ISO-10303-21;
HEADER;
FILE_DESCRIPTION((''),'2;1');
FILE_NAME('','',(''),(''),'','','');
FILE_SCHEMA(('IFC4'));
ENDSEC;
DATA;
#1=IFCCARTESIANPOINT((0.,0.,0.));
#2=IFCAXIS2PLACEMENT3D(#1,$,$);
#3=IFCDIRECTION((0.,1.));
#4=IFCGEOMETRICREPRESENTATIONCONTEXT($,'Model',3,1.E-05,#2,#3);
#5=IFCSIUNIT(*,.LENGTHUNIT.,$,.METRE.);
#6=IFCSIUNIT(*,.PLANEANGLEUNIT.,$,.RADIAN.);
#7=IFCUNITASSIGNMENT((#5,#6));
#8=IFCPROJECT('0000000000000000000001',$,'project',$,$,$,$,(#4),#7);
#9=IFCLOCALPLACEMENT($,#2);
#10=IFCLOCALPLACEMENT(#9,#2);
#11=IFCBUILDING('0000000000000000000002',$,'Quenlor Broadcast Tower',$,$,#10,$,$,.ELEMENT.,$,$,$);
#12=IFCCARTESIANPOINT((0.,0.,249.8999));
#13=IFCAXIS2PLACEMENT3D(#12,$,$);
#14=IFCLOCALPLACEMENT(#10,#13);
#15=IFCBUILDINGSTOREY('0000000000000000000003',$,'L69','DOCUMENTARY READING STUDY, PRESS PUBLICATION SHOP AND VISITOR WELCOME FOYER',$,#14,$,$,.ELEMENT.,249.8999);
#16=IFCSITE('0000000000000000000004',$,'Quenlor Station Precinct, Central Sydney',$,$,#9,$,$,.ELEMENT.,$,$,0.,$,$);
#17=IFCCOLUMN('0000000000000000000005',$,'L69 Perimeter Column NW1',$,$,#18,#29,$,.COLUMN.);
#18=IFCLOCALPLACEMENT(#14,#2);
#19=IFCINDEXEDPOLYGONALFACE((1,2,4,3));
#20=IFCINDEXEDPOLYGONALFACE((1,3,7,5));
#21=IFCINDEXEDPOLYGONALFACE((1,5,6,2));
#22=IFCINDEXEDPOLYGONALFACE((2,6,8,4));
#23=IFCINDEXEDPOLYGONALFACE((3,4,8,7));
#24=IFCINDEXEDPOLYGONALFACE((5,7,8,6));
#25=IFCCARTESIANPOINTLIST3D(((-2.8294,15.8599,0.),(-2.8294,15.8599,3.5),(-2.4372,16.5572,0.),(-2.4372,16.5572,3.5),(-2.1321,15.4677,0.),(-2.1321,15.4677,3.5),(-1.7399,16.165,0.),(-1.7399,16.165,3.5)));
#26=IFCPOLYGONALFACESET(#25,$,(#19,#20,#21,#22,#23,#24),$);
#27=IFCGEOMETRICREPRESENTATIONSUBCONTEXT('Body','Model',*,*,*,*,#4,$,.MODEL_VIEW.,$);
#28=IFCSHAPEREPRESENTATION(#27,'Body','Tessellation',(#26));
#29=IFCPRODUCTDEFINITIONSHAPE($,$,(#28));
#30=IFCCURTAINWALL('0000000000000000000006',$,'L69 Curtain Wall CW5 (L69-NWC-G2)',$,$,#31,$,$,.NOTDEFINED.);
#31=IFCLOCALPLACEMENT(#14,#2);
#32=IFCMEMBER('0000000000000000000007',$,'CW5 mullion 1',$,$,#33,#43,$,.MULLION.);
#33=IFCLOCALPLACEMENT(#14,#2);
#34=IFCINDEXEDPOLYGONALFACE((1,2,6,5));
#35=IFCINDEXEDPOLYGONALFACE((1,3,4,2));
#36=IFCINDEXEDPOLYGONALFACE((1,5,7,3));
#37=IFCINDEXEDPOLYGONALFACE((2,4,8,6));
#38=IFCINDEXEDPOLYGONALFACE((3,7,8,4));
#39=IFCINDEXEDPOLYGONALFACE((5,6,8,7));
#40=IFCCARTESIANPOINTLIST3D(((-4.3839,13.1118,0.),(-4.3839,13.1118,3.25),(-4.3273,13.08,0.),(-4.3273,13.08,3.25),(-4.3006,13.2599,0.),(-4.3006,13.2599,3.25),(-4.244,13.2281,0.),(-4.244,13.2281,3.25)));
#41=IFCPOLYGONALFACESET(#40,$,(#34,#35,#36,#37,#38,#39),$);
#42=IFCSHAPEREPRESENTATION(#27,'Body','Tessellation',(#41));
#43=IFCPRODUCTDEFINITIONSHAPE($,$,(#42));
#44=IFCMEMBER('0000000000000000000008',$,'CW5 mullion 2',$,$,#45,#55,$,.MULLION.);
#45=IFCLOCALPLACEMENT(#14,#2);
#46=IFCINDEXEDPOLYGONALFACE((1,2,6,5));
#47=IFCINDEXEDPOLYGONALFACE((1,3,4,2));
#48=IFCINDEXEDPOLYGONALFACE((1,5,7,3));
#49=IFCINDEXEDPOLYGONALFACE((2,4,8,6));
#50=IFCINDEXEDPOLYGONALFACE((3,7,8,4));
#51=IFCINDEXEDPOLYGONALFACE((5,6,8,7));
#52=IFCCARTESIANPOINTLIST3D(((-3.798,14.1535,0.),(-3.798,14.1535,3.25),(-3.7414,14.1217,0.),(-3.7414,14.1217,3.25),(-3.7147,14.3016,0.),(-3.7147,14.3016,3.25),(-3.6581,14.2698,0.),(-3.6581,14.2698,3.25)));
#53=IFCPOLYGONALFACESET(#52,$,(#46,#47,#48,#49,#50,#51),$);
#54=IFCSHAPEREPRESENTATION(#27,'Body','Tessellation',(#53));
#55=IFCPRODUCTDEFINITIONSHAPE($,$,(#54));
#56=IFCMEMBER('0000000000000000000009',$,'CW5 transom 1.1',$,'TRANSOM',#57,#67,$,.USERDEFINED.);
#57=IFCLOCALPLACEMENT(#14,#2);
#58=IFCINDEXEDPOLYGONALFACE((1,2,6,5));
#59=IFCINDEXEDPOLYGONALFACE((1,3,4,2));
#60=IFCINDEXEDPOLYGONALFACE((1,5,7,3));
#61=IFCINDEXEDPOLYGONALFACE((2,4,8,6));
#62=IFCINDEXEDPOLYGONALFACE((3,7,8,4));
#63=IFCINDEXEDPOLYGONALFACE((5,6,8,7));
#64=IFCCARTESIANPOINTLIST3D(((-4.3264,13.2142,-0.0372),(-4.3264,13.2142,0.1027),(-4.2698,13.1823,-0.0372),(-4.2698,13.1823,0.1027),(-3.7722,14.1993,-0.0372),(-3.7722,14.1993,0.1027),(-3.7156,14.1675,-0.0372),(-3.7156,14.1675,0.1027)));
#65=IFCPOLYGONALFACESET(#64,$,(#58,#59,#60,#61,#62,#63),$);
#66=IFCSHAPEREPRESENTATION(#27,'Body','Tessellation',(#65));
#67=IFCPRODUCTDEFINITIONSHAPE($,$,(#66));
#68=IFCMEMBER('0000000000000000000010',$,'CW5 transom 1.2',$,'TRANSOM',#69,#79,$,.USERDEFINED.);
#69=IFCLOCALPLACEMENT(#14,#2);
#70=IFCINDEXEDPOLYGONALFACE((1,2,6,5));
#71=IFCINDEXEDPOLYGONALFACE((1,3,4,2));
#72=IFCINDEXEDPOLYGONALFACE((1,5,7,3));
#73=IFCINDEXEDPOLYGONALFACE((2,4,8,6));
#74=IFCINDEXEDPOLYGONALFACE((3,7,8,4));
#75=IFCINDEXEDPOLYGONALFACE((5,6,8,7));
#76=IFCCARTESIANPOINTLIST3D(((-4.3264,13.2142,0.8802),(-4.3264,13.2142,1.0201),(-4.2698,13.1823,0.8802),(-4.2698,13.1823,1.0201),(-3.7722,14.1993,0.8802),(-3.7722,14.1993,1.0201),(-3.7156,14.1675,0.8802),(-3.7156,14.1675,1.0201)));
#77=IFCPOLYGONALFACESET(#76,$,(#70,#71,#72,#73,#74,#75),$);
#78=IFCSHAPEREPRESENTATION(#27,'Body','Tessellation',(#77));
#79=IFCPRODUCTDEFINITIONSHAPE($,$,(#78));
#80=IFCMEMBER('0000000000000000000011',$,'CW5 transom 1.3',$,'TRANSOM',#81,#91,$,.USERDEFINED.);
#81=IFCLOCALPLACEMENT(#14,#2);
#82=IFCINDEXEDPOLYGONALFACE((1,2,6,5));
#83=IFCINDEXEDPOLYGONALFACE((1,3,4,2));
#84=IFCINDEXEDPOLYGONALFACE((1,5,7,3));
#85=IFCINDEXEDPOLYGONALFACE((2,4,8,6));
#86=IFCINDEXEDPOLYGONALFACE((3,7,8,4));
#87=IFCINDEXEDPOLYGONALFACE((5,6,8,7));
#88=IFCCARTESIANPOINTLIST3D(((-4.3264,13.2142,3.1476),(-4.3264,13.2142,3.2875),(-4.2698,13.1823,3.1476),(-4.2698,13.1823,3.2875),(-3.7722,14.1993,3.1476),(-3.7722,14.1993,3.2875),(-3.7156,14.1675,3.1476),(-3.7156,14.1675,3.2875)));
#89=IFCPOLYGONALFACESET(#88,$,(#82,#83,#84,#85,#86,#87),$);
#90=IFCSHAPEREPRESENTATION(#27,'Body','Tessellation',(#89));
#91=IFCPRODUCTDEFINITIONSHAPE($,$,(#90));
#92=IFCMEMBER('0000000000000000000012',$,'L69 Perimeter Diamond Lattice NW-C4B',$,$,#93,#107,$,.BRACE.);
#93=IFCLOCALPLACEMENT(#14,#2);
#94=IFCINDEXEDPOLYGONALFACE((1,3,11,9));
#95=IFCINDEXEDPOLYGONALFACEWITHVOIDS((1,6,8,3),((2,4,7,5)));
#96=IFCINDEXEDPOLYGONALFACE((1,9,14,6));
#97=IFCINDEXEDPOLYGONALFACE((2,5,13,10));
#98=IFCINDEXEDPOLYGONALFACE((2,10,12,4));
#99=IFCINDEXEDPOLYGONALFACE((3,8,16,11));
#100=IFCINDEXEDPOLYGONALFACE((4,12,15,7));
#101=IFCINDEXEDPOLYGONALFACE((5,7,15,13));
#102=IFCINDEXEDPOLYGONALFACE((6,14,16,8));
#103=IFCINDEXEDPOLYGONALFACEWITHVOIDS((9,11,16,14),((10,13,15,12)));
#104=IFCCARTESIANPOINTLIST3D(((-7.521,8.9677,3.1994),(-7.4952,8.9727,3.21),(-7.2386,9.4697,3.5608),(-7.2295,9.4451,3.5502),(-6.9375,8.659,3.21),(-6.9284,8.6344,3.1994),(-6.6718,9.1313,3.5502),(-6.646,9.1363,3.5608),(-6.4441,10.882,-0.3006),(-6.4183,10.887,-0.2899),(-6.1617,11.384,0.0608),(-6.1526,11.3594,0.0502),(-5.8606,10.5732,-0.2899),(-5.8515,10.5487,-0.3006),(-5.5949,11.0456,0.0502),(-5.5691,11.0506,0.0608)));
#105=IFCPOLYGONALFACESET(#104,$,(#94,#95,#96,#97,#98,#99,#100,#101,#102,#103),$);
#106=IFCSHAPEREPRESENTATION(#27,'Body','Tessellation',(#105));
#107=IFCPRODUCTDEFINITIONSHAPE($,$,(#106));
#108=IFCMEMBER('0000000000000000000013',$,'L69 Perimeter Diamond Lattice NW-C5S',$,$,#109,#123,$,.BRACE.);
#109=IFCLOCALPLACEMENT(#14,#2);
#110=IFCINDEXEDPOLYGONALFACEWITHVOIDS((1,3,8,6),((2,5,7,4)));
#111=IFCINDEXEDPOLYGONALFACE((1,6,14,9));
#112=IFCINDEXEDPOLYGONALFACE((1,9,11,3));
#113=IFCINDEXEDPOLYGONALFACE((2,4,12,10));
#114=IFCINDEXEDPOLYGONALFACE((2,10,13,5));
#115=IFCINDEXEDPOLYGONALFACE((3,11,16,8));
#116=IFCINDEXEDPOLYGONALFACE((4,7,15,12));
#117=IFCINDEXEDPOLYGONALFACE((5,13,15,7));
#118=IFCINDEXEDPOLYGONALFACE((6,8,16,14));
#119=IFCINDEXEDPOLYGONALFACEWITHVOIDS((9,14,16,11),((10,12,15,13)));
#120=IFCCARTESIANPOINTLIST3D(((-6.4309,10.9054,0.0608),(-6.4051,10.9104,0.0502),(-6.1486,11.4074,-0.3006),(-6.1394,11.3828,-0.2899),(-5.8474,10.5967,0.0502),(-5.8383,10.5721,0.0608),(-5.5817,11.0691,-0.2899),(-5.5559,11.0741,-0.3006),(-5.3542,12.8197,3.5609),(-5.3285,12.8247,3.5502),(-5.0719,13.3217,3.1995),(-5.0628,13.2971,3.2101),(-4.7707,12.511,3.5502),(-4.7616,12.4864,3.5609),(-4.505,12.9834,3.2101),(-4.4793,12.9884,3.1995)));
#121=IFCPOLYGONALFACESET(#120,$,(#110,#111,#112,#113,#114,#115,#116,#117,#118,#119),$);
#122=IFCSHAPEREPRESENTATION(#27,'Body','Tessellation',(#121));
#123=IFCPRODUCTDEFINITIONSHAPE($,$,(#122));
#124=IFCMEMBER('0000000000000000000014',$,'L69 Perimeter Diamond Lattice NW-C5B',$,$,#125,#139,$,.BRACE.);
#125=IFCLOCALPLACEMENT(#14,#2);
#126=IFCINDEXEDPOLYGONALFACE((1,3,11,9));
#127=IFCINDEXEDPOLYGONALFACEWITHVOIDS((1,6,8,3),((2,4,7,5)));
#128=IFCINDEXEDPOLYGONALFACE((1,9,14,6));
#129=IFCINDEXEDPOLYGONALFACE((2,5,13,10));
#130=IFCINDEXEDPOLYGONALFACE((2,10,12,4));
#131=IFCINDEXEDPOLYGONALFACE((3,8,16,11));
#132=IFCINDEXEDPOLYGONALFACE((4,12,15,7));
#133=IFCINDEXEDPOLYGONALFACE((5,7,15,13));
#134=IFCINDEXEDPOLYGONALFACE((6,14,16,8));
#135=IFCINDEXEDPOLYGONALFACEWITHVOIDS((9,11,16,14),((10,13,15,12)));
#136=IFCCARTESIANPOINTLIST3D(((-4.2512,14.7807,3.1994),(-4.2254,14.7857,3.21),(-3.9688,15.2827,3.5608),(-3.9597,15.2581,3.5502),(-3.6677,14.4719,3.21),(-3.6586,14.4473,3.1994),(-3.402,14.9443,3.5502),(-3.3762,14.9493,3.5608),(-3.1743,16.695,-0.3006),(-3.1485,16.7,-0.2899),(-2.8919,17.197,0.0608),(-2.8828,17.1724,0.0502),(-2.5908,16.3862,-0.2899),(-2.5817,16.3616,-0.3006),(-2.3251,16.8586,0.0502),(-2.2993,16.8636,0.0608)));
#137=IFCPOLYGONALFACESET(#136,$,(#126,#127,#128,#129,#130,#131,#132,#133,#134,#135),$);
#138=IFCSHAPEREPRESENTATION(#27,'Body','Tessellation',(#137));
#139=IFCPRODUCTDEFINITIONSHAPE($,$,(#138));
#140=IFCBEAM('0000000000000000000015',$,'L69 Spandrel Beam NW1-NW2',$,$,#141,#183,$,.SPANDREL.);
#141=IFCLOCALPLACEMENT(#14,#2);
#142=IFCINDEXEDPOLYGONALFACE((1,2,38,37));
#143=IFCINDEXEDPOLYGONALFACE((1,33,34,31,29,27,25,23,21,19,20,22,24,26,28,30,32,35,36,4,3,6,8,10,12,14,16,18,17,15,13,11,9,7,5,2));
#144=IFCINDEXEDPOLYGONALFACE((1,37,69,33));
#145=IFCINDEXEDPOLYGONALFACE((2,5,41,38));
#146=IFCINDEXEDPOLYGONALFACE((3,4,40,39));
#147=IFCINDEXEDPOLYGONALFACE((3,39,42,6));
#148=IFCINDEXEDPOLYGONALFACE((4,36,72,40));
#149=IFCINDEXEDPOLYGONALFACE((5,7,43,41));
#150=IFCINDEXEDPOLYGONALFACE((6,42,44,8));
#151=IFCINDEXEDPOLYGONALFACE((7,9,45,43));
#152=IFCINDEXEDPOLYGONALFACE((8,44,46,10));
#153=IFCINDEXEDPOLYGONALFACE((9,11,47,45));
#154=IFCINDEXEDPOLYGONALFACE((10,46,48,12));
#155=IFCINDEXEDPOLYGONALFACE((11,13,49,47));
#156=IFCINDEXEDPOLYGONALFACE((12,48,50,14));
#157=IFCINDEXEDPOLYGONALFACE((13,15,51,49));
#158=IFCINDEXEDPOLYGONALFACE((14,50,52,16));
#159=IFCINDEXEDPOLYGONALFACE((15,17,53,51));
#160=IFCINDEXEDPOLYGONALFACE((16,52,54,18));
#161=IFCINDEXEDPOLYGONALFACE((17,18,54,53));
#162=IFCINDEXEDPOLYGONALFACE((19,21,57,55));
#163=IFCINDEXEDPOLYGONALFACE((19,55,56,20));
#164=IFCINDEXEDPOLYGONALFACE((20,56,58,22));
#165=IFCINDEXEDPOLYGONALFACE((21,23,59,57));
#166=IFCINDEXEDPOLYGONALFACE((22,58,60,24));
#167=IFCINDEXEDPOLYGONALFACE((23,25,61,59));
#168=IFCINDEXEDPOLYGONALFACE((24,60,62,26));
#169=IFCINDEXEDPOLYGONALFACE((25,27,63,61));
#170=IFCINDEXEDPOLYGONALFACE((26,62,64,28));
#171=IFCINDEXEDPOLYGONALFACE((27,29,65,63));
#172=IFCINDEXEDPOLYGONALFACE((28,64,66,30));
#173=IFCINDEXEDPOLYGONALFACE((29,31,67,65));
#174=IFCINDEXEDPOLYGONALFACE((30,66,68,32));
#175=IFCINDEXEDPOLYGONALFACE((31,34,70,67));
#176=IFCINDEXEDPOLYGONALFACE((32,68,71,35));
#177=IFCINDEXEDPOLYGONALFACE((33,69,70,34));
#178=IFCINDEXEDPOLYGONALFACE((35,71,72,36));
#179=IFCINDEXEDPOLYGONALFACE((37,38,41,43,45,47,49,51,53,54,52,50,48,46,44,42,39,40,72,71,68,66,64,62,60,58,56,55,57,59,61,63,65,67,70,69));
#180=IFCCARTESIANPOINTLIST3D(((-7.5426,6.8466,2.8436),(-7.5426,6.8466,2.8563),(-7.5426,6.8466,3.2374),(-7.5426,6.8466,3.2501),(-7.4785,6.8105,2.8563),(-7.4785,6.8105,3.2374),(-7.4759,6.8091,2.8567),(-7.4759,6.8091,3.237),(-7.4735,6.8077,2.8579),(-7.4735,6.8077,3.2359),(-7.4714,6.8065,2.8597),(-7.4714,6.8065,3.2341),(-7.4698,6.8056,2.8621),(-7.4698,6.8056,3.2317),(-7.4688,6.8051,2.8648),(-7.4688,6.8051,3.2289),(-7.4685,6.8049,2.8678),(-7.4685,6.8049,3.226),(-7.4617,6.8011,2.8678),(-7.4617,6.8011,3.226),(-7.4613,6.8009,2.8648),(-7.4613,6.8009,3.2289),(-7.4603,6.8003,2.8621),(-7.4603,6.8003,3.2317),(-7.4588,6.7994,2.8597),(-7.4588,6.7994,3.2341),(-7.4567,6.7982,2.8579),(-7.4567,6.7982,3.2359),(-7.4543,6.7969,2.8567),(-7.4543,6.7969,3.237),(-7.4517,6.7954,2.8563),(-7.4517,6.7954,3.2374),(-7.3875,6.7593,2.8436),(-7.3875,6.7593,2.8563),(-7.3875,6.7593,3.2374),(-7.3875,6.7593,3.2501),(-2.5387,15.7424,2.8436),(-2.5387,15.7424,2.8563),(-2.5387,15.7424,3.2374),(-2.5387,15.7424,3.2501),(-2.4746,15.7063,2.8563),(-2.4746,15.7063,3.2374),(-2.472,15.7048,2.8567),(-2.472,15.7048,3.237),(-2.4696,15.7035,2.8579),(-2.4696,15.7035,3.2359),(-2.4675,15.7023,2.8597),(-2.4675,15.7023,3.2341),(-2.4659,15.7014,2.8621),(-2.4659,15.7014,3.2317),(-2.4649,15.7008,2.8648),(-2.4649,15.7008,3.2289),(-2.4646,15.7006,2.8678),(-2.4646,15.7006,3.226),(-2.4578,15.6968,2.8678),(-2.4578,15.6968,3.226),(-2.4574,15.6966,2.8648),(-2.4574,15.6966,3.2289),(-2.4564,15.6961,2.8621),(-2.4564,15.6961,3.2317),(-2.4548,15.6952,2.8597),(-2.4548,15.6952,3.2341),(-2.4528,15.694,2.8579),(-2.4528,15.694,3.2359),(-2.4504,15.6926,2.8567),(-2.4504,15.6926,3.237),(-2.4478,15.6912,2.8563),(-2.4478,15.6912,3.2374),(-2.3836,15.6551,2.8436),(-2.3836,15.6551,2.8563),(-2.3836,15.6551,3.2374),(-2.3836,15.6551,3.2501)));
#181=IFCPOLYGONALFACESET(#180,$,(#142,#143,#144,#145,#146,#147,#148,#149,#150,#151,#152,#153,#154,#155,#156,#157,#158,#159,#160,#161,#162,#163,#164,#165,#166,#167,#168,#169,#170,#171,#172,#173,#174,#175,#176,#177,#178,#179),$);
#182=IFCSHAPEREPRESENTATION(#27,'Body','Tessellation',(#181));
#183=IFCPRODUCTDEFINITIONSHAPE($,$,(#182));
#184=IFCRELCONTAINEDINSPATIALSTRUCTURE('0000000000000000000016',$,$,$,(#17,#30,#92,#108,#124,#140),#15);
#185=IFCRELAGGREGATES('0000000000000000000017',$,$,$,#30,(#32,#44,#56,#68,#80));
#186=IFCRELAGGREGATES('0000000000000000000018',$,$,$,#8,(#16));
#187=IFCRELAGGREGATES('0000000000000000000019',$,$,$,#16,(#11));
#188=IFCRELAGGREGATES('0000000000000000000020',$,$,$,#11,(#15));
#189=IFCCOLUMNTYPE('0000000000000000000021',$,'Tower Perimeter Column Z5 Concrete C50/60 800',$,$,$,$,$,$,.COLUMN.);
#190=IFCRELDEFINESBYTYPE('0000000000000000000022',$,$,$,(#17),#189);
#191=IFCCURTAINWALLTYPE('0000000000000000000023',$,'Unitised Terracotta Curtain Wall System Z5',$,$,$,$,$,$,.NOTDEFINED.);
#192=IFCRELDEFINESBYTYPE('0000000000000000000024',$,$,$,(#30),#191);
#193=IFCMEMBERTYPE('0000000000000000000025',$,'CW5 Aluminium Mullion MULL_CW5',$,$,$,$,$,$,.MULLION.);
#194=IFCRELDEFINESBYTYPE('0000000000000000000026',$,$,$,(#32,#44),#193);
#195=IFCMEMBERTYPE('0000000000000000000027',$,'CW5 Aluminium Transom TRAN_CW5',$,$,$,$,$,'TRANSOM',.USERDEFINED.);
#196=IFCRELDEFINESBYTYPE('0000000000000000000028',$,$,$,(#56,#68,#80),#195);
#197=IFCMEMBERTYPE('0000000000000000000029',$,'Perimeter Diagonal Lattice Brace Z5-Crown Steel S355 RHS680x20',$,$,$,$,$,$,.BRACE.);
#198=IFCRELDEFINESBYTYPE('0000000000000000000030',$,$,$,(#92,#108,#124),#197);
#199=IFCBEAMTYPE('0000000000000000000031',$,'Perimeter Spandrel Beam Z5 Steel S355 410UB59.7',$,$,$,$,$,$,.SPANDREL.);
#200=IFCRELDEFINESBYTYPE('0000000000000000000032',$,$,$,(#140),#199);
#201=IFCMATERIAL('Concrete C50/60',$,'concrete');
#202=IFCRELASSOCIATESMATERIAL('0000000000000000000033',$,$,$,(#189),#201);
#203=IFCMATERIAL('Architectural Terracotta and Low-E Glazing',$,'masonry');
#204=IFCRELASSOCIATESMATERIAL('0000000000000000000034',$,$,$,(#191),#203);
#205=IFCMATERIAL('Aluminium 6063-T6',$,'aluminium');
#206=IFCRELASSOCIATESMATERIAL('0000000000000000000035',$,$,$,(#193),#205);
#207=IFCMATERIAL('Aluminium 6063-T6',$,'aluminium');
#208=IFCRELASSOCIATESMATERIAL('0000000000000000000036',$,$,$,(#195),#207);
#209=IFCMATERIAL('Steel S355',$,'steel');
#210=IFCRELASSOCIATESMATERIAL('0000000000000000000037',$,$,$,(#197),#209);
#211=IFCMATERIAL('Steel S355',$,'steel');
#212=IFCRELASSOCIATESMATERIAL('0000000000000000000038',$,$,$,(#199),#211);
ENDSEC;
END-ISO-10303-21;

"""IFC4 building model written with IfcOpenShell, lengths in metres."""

from ifc_helpers import new_model, si_unit, direction, frame, origin, origin_2d, place, context, subcontext, project, spatial, rectangle, hollow_rectangle, i_section, extrude, material, material_profile, profile_set, type_object, element, aggregate, save


model = new_model("IFC4")

# Units and contexts
model_context = context("Model", 3, precision=1e-05, world=origin(), true_north=direction((0.0, 1.0)))
body_context = subcontext(model_context, "Body", "Model", "MODEL_VIEW")
ifc_project = project(units=[si_unit("LENGTHUNIT", "METRE"), si_unit("PLANEANGLEUNIT", "RADIAN")], contexts=[model_context])

# Site, building, storey
site_placement = place(None, origin())
site = spatial("IfcSite", under=ifc_project, at=site_placement, Name="Quenlor Station Precinct, Central Sydney", CompositionType="ELEMENT", RefElevation=0.0)
building_placement = place(site_placement, origin())
building = spatial("IfcBuilding", under=site, at=building_placement, Name="Quenlor Broadcast Tower", CompositionType="ELEMENT")
storey_placement = place(building_placement, frame((0.0, 0.0, 249.8999)))
storey = spatial("IfcBuildingStorey", under=building, at=storey_placement, Name="L69", Description="DOCUMENTARY READING STUDY, PRESS PUBLICATION SHOP AND VISITOR WELCOME FOYER", CompositionType="ELEMENT", Elevation=249.8999)

# Column
ifc_material_1 = material(Name="Concrete C50/60", Category="concrete")
ifc_material_profile_1 = material_profile(ifc_material_1, rectangle(XDim=0.8, YDim=0.8, at=origin_2d()))
ifc_profile_set_1 = profile_set([ifc_material_profile_1], Name="Concrete C50/60 RC800x800")
column_type = type_object("IfcColumnType", Name="Tower Perimeter Column Z5 Concrete C50/60 800", PredefinedType="COLUMN", material=ifc_profile_set_1)
column_placement = place(storey_placement, frame((-2.2847, 16.0125, 0.0), z_axis=(0.0, 0.0, 1.0), x_axis=(-0.871575, 0.490262, 0.0)))
element("IfcColumn", 1, at=column_placement, inside=storey, type_object=column_type, Name="L69 Perimeter Column NW1", PredefinedType="COLUMN", context=body_context, shape_type="SweptSolid", body=[
    extrude(rectangle(XDim=0.8, YDim=0.8, at=origin_2d()), origin(), (0.0, 0.0, 1.0), 3.5),
])

# Curtain wall, members
ifc_material_2 = material(Name="Architectural Terracotta and Low-E Glazing", Category="masonry")
curtain_wall_type = type_object("IfcCurtainWallType", Name="Unitised Terracotta Curtain Wall System Z5", PredefinedType="NOTDEFINED", material=ifc_material_2)
curtain_wall_placement = place(storey_placement, origin())
curtain_wall = element("IfcCurtainWall", 2, at=curtain_wall_placement, inside=storey, type_object=curtain_wall_type, Name="L69 Curtain Wall CW5 (L69-NWC-G2)", PredefinedType="NOTDEFINED")
ifc_material_3 = material(Name="Aluminium 6063-T6", Category="aluminium")
ifc_material_profile_2 = material_profile(ifc_material_3, rectangle(XDim=0.0649, YDim=0.1699, at=origin_2d()))
ifc_profile_set_2 = profile_set([ifc_material_profile_2], Name="Aluminium 6063-T6 MULL65x170")
member_type_1 = type_object("IfcMemberType", Name="CW5 Aluminium Mullion MULL_CW5", PredefinedType="MULLION", material=ifc_profile_set_2)
member_1_placement = place(storey_placement, frame((-4.314, 13.1699, 0.0), z_axis=(0.0, 0.0, 1.0), x_axis=(-0.871559, 0.490291, 0.0)))
member_1 = element("IfcMember", 3, at=member_1_placement, type_object=member_type_1, Name="CW5 mullion 1", PredefinedType="MULLION", context=body_context, shape_type="SweptSolid", body=[
    extrude(rectangle(XDim=0.0649, YDim=0.1699, at=origin_2d()), origin(), (0.0, 0.0, 1.0), 3.25),
])
member_2_placement = place(storey_placement, frame((-3.728, 14.2117, 0.0), z_axis=(0.0, 0.0, 1.0), x_axis=(-0.871559, 0.490291, 0.0)))
member_2 = element("IfcMember", 4, at=member_2_placement, type_object=member_type_1, Name="CW5 mullion 2", PredefinedType="MULLION", context=body_context, shape_type="SweptSolid", body=[
    extrude(rectangle(XDim=0.0649, YDim=0.1699, at=origin_2d()), origin(), (0.0, 0.0, 1.0), 3.25),
])
ifc_material_4 = material(Name="Aluminium 6063-T6", Category="aluminium")
ifc_material_profile_3 = material_profile(ifc_material_4, rectangle(XDim=0.0649, YDim=0.1399, at=origin_2d()))
ifc_profile_set_3 = profile_set([ifc_material_profile_3], Name="Aluminium 6063-T6 TRAN65x140")
member_type_2 = type_object("IfcMemberType", Name="CW5 Aluminium Transom TRAN_CW5", ElementType="TRANSOM", PredefinedType="USERDEFINED", material=ifc_profile_set_3)
member_3_placement = place(storey_placement, frame((-4.2981, 13.1982, 0.0327), z_axis=(0.490313, 0.871547, 0.0), x_axis=(-0.871547, 0.490313, 0.0)))
member_3 = element("IfcMember", 5, at=member_3_placement, type_object=member_type_2, Name="CW5 transom 1.1", ObjectType="TRANSOM", PredefinedType="USERDEFINED", context=body_context, shape_type="SweptSolid", body=[
    extrude(rectangle(XDim=0.0649, YDim=0.1399, at=origin_2d()), origin(), (0.0, 0.0, 1.0), 1.1304),
])
member_4_placement = place(storey_placement, frame((-4.2981, 13.1982, 0.9502), z_axis=(0.490313, 0.871547, 0.0), x_axis=(-0.871547, 0.490313, 0.0)))
member_4 = element("IfcMember", 6, at=member_4_placement, type_object=member_type_2, Name="CW5 transom 1.2", ObjectType="TRANSOM", PredefinedType="USERDEFINED", context=body_context, shape_type="SweptSolid", body=[
    extrude(rectangle(XDim=0.0649, YDim=0.1399, at=origin_2d()), origin(), (0.0, 0.0, 1.0), 1.1304),
])
member_5_placement = place(storey_placement, frame((-4.2981, 13.1982, 3.2175), z_axis=(0.490313, 0.871547, 0.0), x_axis=(-0.871547, 0.490313, 0.0)))
member_5 = element("IfcMember", 7, at=member_5_placement, type_object=member_type_2, Name="CW5 transom 1.3", ObjectType="TRANSOM", PredefinedType="USERDEFINED", context=body_context, shape_type="SweptSolid", body=[
    extrude(rectangle(XDim=0.0649, YDim=0.1399, at=origin_2d()), origin(), (0.0, 0.0, 1.0), 1.1304),
])

# Members
ifc_material_5 = material(Name="Steel S355", Category="steel")
ifc_material_profile_4 = material_profile(ifc_material_5, hollow_rectangle(XDim=0.6799, YDim=0.6799, WallThickness=0.02, at=origin_2d()))
ifc_profile_set_4 = profile_set([ifc_material_profile_4], Name="Steel S355 RHS680x680x20")
member_type_3 = type_object("IfcMemberType", Name="Perimeter Diagonal Lattice Brace Z5-Crown Steel S355 RHS680x20", PredefinedType="BRACE", material=ifc_profile_set_4)
for number, where, z_axis, x_axis, name in (
    (8, (-6.0066, 10.9663, -0.1199), (-0.260619, -0.463276, 0.847026), (0.871555, -0.490298, 0.0), "L69 Perimeter Diamond Lattice NW-C4B"),
    (9, (-5.9934, 10.9897, -0.1199), (0.260564, 0.463283, 0.847039), (-0.871602, 0.490214, 0.0), "L69 Perimeter Diamond Lattice NW-C5S"),
    (10, (-2.7368, 16.7793, -0.1199), (-0.260619, -0.463276, 0.847026), (0.871555, -0.490298, 0.0), "L69 Perimeter Diamond Lattice NW-C5B"),
):
    element("IfcMember", number, at=place(storey_placement, frame(where, z_axis=z_axis, x_axis=x_axis)), inside=storey, type_object=member_type_3, Name=name, PredefinedType="BRACE", context=body_context, shape_type="SweptSolid", body=[
        extrude(hollow_rectangle(XDim=0.6799, YDim=0.6799, WallThickness=0.02, at=origin_2d()), origin(), (0.0, 0.0, 1.0), 4.1321),
    ])

# Beam
ifc_material_6 = material(Name="Steel S355", Category="steel")
ifc_material_profile_5 = material_profile(ifc_material_6, i_section(OverallWidth=0.178, OverallDepth=0.4065, WebThickness=0.0078, FlangeThickness=0.0127, FilletRadius=0.0115, at=origin_2d()))
ifc_profile_set_5 = profile_set([ifc_material_profile_5], Name="Steel S355 410UB59.7")
beam_type_1 = type_object("IfcBeamType", Name="Perimeter Spandrel Beam Z5 Steel S355 410UB59.7", PredefinedType="SPANDREL", material=ifc_profile_set_5)
beam_1_placement = place(storey_placement, frame((-2.4612, 15.6987, 3.0469), z_axis=(-0.490265, -0.871574, 0.0), x_axis=(0.871574, -0.490265, 0.0)))
element("IfcBeam", 11, at=beam_1_placement, inside=storey, type_object=beam_type_1, Name="L69 Spandrel Beam NW1-NW2", PredefinedType="SPANDREL", context=body_context, shape_type="SweptSolid", body=[
    extrude(i_section(OverallWidth=0.178, OverallDepth=0.4065, WebThickness=0.0078, FlangeThickness=0.0127, FilletRadius=0.0115, at=origin_2d()), origin(), (0.0, 0.0, 1.0), 10.2065),
])

aggregate(curtain_wall, [member_1, member_2, member_3, member_4, member_5])

save(model, "model.ifc")
